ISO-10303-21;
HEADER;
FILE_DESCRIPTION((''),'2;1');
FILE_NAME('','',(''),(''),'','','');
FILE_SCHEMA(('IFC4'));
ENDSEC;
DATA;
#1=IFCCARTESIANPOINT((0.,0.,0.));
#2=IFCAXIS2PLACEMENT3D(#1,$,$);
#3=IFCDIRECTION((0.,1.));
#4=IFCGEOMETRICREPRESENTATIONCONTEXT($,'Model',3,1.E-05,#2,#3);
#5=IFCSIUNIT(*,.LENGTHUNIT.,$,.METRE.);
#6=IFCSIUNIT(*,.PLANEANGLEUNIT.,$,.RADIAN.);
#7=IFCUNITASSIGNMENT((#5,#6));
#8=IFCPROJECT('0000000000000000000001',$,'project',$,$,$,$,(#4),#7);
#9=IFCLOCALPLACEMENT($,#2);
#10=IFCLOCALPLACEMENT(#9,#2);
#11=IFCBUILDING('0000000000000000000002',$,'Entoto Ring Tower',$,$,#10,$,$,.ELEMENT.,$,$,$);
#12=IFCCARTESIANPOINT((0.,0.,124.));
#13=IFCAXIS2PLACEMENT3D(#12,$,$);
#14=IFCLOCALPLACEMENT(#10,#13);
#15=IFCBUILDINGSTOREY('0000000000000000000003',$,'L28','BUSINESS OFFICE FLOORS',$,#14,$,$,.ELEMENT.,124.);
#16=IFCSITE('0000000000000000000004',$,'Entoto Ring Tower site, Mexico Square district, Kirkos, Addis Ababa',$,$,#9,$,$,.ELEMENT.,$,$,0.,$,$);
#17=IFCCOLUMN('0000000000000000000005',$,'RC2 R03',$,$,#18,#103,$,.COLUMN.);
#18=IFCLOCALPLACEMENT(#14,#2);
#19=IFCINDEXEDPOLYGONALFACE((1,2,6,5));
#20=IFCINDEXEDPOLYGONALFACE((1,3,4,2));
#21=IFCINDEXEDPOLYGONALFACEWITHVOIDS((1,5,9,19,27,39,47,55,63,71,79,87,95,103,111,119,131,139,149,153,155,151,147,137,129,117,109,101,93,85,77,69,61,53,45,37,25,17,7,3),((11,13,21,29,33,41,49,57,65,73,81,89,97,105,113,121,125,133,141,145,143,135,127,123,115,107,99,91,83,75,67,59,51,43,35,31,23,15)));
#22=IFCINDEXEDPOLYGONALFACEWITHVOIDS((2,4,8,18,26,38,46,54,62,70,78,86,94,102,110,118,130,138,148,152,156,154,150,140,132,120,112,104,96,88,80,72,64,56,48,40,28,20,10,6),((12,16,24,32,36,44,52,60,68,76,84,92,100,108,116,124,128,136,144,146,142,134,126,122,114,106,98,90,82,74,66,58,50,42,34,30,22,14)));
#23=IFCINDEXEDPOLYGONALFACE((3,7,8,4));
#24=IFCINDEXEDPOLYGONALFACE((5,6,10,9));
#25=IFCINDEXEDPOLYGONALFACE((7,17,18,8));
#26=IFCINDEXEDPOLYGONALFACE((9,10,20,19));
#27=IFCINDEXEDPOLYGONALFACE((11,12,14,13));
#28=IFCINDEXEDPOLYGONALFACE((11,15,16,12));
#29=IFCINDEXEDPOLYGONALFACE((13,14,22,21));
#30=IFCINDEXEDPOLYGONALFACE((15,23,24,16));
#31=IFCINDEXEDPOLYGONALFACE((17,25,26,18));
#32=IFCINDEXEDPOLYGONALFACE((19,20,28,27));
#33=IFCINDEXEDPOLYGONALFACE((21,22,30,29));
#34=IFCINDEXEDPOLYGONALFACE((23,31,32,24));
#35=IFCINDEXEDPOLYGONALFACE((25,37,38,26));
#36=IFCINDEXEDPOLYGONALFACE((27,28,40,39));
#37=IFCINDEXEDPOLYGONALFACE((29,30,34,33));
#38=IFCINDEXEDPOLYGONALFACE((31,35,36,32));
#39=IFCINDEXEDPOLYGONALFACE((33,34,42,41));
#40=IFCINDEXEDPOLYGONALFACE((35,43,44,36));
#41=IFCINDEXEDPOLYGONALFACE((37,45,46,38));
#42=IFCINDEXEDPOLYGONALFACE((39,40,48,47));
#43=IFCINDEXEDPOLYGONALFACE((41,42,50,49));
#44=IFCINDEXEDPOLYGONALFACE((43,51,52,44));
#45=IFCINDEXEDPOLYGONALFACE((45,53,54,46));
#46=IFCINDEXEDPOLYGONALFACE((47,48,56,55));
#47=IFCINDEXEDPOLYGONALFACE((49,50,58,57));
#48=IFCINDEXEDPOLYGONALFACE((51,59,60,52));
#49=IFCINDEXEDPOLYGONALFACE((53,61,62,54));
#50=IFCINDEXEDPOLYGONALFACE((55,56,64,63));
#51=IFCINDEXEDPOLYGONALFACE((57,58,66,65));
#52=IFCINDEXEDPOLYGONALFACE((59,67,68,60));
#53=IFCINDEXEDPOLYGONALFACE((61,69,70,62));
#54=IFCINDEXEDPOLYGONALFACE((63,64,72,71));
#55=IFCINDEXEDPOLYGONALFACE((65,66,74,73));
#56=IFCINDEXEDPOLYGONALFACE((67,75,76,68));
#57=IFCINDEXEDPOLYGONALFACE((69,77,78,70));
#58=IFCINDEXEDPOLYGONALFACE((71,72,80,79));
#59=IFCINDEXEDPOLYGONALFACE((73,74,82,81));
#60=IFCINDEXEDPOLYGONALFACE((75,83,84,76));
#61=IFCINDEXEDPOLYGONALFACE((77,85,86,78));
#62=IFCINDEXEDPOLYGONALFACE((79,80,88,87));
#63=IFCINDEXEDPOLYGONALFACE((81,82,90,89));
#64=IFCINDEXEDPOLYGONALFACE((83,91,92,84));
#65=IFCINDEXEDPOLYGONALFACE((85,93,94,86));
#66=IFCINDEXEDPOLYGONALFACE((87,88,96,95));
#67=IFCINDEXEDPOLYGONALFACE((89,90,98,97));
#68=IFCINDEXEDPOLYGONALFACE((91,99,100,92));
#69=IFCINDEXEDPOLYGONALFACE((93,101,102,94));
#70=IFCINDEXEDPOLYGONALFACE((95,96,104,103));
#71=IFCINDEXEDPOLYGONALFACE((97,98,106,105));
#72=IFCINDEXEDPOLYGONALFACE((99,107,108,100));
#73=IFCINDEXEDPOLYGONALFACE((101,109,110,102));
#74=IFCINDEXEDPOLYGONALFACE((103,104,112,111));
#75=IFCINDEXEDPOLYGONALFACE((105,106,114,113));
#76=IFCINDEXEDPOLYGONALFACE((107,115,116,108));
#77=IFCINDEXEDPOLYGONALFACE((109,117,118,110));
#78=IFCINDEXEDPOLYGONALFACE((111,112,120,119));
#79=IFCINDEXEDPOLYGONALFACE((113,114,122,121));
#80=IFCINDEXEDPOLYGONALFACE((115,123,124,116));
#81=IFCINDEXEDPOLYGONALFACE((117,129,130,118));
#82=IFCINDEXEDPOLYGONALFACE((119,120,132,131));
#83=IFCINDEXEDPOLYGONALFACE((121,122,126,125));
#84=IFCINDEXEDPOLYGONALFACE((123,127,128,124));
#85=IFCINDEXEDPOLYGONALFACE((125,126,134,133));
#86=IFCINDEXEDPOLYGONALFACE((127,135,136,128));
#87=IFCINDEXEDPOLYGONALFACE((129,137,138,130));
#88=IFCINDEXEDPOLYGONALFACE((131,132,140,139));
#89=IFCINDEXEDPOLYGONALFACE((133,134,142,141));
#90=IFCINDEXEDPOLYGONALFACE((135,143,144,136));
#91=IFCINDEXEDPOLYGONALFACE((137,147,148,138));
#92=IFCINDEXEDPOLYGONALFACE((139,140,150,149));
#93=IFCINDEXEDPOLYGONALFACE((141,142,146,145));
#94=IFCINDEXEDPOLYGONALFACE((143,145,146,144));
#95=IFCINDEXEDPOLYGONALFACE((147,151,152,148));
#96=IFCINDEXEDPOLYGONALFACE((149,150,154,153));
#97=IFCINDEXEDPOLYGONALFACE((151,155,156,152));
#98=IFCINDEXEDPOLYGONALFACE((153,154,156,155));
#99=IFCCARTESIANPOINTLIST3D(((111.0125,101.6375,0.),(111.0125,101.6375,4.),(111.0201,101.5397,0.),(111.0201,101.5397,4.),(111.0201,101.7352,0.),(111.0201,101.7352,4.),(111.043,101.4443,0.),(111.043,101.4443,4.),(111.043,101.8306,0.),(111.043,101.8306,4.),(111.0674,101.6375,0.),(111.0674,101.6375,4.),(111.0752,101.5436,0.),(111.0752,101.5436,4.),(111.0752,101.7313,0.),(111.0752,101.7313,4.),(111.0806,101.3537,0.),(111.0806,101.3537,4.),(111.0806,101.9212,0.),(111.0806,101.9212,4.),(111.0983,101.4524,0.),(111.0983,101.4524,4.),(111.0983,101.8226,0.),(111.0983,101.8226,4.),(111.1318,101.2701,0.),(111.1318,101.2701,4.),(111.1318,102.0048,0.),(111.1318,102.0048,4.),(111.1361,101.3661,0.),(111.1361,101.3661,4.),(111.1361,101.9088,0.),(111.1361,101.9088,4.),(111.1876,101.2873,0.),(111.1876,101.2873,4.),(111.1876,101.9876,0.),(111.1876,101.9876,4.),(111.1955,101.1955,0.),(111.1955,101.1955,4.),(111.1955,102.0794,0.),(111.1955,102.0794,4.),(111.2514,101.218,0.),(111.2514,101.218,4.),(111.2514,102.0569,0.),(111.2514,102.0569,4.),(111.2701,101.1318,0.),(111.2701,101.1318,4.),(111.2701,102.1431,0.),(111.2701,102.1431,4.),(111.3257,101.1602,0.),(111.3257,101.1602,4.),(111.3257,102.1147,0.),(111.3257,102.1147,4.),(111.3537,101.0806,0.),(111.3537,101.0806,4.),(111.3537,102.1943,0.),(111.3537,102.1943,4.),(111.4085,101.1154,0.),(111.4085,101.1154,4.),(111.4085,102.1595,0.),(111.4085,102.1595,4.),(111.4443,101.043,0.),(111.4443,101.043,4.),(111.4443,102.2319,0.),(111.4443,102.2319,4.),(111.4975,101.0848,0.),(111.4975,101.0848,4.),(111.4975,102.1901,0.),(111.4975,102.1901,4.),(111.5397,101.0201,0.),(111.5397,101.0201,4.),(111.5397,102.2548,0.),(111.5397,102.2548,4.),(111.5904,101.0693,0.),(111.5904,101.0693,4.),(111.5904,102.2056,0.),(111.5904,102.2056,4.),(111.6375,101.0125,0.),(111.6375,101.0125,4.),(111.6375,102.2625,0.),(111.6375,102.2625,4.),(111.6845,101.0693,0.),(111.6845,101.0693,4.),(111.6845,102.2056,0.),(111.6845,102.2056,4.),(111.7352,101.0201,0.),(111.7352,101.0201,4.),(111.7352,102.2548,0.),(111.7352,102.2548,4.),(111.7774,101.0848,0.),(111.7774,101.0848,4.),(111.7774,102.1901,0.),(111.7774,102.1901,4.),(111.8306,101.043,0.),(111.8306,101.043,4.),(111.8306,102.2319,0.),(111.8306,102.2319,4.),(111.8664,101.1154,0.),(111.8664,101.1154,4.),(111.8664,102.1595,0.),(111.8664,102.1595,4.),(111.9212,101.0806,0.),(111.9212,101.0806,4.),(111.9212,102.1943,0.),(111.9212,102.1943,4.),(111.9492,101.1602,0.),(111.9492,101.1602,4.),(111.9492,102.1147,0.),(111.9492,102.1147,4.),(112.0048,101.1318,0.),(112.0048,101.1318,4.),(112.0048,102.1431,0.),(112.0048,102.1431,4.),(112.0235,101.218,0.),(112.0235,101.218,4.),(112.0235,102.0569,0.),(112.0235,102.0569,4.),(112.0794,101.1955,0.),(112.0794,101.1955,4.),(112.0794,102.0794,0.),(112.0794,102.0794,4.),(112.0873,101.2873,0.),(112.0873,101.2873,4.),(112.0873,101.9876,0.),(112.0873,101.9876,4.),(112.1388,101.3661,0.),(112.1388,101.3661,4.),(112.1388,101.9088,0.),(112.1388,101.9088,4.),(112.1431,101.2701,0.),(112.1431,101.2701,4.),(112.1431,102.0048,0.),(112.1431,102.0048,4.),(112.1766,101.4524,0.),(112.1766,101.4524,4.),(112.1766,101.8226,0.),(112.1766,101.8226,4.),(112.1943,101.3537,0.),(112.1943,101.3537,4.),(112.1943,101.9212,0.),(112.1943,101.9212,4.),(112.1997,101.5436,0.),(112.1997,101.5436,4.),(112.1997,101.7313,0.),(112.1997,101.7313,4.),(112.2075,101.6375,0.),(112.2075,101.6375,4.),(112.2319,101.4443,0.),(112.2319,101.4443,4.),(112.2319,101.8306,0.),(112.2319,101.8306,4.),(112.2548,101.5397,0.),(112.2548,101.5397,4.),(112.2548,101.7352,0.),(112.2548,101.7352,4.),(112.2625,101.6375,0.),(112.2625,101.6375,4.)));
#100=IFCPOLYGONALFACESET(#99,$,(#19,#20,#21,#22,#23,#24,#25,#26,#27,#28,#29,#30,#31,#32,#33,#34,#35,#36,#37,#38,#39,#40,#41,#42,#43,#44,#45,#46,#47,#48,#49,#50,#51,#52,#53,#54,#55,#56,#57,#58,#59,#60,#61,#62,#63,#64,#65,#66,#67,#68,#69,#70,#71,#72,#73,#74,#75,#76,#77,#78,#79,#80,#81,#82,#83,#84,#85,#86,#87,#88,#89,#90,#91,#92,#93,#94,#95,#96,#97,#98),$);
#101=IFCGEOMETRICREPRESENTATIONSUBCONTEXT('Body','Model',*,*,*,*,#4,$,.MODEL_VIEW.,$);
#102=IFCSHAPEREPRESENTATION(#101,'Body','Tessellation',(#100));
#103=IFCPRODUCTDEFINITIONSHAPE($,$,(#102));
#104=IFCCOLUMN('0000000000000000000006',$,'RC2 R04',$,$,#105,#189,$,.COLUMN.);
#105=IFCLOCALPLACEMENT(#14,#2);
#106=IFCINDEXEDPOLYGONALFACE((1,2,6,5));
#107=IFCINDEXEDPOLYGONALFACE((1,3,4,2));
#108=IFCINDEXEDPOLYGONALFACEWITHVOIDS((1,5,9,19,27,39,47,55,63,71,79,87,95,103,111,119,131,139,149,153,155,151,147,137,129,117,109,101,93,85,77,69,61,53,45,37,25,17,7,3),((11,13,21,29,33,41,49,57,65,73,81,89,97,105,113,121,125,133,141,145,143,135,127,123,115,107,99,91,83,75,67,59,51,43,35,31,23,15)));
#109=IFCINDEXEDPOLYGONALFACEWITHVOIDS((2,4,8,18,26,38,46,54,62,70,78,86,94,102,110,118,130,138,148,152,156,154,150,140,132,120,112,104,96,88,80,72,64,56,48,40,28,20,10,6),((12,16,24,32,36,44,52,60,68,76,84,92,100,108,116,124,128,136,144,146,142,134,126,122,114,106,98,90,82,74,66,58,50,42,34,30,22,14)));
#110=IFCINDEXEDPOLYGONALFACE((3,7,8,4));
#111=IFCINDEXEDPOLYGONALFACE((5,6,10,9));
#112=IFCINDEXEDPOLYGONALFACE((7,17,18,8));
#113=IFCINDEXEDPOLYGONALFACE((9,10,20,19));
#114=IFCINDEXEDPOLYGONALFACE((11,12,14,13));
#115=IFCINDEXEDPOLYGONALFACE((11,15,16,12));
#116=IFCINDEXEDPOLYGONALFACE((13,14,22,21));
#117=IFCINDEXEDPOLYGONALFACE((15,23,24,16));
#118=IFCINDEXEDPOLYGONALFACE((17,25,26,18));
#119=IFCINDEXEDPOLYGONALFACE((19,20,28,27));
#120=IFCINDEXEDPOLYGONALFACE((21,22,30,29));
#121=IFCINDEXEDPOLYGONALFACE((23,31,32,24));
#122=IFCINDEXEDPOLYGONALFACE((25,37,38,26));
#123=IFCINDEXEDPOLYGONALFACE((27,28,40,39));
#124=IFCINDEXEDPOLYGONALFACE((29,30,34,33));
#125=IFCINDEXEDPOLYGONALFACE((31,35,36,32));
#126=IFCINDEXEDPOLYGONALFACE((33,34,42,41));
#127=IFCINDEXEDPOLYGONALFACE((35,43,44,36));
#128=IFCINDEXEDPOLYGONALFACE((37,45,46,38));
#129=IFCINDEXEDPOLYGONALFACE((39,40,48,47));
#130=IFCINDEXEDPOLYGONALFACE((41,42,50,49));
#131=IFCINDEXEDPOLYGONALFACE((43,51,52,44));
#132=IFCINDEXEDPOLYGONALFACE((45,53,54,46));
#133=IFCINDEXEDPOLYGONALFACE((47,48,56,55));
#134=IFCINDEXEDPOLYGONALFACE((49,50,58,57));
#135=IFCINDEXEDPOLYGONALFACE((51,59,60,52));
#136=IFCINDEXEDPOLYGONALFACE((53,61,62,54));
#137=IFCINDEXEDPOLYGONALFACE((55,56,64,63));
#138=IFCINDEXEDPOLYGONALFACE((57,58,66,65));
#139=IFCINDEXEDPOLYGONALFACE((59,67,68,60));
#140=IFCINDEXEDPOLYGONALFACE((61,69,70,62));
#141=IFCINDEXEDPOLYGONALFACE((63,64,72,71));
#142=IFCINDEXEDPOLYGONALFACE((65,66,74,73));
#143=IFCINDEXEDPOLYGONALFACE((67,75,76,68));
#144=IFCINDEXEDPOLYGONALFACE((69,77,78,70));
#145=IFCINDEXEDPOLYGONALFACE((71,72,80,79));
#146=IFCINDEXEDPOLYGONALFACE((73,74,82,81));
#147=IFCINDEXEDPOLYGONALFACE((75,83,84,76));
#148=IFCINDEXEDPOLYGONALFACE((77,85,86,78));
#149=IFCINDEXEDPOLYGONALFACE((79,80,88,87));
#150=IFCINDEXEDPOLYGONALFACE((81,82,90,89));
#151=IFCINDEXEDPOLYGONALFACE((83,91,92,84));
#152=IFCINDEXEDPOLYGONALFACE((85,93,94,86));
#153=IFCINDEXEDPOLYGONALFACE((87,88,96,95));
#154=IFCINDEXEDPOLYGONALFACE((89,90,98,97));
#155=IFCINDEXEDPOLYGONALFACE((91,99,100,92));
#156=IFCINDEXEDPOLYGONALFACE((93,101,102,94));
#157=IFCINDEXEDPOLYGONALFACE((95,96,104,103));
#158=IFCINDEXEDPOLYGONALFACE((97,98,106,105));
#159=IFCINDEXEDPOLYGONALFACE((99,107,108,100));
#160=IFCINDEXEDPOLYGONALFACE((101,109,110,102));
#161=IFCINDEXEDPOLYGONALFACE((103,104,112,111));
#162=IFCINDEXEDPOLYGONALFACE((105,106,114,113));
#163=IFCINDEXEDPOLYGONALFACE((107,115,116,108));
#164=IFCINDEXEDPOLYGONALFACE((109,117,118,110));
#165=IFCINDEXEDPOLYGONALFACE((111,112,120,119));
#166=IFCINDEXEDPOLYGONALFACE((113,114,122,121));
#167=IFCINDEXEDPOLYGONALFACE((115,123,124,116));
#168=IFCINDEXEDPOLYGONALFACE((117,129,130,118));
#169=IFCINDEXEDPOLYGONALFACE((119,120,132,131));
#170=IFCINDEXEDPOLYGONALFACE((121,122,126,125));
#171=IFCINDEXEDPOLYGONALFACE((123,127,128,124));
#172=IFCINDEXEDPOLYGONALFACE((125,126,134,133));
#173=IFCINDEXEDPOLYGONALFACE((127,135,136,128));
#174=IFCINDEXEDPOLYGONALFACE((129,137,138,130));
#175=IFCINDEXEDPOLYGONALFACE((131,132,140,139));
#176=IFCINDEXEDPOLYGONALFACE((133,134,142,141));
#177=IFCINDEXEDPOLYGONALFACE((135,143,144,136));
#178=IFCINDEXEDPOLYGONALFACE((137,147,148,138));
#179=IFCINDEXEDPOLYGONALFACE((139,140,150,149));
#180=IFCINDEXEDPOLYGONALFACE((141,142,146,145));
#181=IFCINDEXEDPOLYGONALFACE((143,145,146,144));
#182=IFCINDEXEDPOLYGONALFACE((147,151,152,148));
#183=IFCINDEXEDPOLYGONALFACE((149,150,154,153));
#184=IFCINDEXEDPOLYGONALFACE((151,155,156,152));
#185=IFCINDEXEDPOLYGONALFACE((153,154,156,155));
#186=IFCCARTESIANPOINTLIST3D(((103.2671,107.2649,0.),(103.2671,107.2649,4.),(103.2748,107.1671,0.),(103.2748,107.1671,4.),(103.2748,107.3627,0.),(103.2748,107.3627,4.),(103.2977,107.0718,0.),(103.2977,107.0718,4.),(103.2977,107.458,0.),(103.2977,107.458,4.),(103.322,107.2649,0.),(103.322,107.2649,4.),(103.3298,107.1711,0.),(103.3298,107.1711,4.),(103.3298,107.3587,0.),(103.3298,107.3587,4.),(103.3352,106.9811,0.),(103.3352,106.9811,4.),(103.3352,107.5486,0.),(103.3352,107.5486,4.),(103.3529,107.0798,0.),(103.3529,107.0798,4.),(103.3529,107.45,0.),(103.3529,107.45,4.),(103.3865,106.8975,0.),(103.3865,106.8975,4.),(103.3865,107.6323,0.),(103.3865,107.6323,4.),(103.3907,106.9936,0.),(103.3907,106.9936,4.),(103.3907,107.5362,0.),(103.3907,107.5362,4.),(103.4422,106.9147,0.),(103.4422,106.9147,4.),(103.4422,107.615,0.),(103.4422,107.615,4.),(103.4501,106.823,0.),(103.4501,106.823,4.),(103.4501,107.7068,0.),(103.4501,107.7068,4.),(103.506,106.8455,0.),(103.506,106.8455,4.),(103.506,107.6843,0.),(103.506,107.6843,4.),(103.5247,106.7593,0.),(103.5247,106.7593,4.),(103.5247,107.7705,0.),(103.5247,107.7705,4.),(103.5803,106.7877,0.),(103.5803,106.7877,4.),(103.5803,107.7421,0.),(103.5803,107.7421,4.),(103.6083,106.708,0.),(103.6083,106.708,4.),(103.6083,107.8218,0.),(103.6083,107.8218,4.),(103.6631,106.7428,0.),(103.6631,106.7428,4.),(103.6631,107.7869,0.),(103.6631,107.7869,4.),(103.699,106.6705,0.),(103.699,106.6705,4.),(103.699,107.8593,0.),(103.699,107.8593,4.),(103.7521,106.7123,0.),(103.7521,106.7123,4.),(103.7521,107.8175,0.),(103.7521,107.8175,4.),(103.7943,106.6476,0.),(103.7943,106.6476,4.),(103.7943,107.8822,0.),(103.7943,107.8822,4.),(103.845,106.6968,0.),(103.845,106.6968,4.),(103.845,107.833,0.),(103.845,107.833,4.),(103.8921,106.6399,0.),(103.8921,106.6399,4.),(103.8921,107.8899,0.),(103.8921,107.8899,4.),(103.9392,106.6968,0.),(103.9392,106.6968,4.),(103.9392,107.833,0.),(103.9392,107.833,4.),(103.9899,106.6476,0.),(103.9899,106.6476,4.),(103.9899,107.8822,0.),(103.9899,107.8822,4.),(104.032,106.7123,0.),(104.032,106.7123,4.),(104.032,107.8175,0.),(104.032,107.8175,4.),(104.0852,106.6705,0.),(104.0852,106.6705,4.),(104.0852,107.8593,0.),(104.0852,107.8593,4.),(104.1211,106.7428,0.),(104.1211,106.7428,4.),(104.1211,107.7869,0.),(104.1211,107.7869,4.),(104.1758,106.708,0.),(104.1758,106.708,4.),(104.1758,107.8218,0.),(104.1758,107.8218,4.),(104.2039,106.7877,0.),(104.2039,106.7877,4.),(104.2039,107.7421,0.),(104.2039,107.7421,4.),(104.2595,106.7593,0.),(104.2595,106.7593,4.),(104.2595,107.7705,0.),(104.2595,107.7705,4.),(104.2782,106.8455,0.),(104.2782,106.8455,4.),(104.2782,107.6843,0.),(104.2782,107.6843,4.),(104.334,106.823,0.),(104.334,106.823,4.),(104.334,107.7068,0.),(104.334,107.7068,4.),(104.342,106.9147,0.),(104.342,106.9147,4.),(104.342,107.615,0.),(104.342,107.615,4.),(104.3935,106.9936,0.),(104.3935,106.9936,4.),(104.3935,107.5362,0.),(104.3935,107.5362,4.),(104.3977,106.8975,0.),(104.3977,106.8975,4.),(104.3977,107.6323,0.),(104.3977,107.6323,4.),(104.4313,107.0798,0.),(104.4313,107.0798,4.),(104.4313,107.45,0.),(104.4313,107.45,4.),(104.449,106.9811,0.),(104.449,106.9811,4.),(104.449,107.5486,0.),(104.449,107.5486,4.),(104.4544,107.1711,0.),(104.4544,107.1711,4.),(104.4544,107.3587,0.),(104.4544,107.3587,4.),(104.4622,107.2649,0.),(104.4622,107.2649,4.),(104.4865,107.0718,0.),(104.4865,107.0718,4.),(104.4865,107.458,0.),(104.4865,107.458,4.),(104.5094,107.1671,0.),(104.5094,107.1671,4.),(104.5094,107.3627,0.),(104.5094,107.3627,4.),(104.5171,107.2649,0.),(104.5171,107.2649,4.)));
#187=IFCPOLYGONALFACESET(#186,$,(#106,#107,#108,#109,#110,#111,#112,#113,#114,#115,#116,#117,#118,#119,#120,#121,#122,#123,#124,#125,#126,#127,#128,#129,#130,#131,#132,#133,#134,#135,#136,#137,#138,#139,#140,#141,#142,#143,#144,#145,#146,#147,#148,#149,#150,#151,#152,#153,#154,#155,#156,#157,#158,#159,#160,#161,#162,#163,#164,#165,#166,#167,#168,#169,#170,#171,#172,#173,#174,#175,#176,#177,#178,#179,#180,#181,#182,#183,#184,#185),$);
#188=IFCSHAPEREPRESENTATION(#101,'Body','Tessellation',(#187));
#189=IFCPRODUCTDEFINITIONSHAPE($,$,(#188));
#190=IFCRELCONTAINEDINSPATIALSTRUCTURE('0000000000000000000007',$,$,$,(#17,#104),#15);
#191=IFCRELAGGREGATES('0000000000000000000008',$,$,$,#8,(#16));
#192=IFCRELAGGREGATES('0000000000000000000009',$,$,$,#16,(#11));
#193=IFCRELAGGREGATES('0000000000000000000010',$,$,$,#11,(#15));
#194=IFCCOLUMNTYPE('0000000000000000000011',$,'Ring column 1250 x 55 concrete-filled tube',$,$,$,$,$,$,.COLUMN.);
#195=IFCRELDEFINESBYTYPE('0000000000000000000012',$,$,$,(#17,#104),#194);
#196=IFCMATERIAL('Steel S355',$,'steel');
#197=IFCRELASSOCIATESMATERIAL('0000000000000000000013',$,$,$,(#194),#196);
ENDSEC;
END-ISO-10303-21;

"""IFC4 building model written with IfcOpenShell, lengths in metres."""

from ifc_helpers import new_model, si_unit, direction, frame, origin, origin_2d, place, context, subcontext, project, spatial, circle, hollow_circle, extrude, material, material_profile, profile_set, type_object, element, save


model = new_model("IFC4")

# Units and contexts
model_context = context("Model", 3, precision=1e-05, world=origin(), true_north=direction((0.0, 1.0)))
body_context = subcontext(model_context, "Body", "Model", "MODEL_VIEW")
ifc_project = project(units=[si_unit("LENGTHUNIT", "METRE"), si_unit("PLANEANGLEUNIT", "RADIAN")], contexts=[model_context])

# Site, building, storey
site_placement = place(None, origin())
site = spatial("IfcSite", under=ifc_project, at=site_placement, Name="Entoto Ring Tower site, Mexico Square district, Kirkos, Addis Ababa", CompositionType="ELEMENT", RefElevation=0.0)
building_placement = place(site_placement, origin())
building = spatial("IfcBuilding", under=site, at=building_placement, Name="Entoto Ring Tower", CompositionType="ELEMENT")
storey_placement = place(building_placement, frame((0.0, 0.0, 124.0)))
storey = spatial("IfcBuildingStorey", under=building, at=storey_placement, Name="L28", Description="BUSINESS OFFICE FLOORS", CompositionType="ELEMENT", Elevation=124.0)

# Columns
ifc_material_1 = material(Name="Steel S355", Category="steel")
ifc_material_profile_1 = material_profile(ifc_material_1, hollow_circle(Radius=0.625, WallThickness=0.0549, at=origin_2d()), Name="CHS 1250 x 55")
ifc_material_2 = material(Name="Concrete C60/75", Category="concrete")
ifc_material_profile_2 = material_profile(ifc_material_2, circle(Radius=0.5701, at=origin_2d()), Name="Concrete C60/75 infill")
ifc_profile_set_1 = profile_set([ifc_material_profile_1, ifc_material_profile_2], Name="Steel S355")
column_type = type_object("IfcColumnType", Name="Ring column 1250 x 55 concrete-filled tube", PredefinedType="COLUMN", material=ifc_profile_set_1)
for number, where, z_axis, x_axis, name in (
    (1, (111.6375, 101.6375, 0.0), (0.0, 0.0, 1.0), (1.0, 0.0, 0.0), "RC2 R03"),
    (2, (103.8921, 107.2649, 0.0), (0.0, 0.0, 1.0), (1.0, 0.0, 0.0), "RC2 R04"),
):
    element("IfcColumn", number, at=place(storey_placement, frame(where, z_axis=z_axis, x_axis=x_axis)), inside=storey, type_object=column_type, Name=name, PredefinedType="COLUMN", context=body_context, shape_type="SweptSolid", body=[
        extrude(hollow_circle(Radius=0.625, WallThickness=0.0549, at=origin_2d()), origin(), (0.0, 0.0, 1.0), 4.0),
    ])

save(model, "model.ifc")
